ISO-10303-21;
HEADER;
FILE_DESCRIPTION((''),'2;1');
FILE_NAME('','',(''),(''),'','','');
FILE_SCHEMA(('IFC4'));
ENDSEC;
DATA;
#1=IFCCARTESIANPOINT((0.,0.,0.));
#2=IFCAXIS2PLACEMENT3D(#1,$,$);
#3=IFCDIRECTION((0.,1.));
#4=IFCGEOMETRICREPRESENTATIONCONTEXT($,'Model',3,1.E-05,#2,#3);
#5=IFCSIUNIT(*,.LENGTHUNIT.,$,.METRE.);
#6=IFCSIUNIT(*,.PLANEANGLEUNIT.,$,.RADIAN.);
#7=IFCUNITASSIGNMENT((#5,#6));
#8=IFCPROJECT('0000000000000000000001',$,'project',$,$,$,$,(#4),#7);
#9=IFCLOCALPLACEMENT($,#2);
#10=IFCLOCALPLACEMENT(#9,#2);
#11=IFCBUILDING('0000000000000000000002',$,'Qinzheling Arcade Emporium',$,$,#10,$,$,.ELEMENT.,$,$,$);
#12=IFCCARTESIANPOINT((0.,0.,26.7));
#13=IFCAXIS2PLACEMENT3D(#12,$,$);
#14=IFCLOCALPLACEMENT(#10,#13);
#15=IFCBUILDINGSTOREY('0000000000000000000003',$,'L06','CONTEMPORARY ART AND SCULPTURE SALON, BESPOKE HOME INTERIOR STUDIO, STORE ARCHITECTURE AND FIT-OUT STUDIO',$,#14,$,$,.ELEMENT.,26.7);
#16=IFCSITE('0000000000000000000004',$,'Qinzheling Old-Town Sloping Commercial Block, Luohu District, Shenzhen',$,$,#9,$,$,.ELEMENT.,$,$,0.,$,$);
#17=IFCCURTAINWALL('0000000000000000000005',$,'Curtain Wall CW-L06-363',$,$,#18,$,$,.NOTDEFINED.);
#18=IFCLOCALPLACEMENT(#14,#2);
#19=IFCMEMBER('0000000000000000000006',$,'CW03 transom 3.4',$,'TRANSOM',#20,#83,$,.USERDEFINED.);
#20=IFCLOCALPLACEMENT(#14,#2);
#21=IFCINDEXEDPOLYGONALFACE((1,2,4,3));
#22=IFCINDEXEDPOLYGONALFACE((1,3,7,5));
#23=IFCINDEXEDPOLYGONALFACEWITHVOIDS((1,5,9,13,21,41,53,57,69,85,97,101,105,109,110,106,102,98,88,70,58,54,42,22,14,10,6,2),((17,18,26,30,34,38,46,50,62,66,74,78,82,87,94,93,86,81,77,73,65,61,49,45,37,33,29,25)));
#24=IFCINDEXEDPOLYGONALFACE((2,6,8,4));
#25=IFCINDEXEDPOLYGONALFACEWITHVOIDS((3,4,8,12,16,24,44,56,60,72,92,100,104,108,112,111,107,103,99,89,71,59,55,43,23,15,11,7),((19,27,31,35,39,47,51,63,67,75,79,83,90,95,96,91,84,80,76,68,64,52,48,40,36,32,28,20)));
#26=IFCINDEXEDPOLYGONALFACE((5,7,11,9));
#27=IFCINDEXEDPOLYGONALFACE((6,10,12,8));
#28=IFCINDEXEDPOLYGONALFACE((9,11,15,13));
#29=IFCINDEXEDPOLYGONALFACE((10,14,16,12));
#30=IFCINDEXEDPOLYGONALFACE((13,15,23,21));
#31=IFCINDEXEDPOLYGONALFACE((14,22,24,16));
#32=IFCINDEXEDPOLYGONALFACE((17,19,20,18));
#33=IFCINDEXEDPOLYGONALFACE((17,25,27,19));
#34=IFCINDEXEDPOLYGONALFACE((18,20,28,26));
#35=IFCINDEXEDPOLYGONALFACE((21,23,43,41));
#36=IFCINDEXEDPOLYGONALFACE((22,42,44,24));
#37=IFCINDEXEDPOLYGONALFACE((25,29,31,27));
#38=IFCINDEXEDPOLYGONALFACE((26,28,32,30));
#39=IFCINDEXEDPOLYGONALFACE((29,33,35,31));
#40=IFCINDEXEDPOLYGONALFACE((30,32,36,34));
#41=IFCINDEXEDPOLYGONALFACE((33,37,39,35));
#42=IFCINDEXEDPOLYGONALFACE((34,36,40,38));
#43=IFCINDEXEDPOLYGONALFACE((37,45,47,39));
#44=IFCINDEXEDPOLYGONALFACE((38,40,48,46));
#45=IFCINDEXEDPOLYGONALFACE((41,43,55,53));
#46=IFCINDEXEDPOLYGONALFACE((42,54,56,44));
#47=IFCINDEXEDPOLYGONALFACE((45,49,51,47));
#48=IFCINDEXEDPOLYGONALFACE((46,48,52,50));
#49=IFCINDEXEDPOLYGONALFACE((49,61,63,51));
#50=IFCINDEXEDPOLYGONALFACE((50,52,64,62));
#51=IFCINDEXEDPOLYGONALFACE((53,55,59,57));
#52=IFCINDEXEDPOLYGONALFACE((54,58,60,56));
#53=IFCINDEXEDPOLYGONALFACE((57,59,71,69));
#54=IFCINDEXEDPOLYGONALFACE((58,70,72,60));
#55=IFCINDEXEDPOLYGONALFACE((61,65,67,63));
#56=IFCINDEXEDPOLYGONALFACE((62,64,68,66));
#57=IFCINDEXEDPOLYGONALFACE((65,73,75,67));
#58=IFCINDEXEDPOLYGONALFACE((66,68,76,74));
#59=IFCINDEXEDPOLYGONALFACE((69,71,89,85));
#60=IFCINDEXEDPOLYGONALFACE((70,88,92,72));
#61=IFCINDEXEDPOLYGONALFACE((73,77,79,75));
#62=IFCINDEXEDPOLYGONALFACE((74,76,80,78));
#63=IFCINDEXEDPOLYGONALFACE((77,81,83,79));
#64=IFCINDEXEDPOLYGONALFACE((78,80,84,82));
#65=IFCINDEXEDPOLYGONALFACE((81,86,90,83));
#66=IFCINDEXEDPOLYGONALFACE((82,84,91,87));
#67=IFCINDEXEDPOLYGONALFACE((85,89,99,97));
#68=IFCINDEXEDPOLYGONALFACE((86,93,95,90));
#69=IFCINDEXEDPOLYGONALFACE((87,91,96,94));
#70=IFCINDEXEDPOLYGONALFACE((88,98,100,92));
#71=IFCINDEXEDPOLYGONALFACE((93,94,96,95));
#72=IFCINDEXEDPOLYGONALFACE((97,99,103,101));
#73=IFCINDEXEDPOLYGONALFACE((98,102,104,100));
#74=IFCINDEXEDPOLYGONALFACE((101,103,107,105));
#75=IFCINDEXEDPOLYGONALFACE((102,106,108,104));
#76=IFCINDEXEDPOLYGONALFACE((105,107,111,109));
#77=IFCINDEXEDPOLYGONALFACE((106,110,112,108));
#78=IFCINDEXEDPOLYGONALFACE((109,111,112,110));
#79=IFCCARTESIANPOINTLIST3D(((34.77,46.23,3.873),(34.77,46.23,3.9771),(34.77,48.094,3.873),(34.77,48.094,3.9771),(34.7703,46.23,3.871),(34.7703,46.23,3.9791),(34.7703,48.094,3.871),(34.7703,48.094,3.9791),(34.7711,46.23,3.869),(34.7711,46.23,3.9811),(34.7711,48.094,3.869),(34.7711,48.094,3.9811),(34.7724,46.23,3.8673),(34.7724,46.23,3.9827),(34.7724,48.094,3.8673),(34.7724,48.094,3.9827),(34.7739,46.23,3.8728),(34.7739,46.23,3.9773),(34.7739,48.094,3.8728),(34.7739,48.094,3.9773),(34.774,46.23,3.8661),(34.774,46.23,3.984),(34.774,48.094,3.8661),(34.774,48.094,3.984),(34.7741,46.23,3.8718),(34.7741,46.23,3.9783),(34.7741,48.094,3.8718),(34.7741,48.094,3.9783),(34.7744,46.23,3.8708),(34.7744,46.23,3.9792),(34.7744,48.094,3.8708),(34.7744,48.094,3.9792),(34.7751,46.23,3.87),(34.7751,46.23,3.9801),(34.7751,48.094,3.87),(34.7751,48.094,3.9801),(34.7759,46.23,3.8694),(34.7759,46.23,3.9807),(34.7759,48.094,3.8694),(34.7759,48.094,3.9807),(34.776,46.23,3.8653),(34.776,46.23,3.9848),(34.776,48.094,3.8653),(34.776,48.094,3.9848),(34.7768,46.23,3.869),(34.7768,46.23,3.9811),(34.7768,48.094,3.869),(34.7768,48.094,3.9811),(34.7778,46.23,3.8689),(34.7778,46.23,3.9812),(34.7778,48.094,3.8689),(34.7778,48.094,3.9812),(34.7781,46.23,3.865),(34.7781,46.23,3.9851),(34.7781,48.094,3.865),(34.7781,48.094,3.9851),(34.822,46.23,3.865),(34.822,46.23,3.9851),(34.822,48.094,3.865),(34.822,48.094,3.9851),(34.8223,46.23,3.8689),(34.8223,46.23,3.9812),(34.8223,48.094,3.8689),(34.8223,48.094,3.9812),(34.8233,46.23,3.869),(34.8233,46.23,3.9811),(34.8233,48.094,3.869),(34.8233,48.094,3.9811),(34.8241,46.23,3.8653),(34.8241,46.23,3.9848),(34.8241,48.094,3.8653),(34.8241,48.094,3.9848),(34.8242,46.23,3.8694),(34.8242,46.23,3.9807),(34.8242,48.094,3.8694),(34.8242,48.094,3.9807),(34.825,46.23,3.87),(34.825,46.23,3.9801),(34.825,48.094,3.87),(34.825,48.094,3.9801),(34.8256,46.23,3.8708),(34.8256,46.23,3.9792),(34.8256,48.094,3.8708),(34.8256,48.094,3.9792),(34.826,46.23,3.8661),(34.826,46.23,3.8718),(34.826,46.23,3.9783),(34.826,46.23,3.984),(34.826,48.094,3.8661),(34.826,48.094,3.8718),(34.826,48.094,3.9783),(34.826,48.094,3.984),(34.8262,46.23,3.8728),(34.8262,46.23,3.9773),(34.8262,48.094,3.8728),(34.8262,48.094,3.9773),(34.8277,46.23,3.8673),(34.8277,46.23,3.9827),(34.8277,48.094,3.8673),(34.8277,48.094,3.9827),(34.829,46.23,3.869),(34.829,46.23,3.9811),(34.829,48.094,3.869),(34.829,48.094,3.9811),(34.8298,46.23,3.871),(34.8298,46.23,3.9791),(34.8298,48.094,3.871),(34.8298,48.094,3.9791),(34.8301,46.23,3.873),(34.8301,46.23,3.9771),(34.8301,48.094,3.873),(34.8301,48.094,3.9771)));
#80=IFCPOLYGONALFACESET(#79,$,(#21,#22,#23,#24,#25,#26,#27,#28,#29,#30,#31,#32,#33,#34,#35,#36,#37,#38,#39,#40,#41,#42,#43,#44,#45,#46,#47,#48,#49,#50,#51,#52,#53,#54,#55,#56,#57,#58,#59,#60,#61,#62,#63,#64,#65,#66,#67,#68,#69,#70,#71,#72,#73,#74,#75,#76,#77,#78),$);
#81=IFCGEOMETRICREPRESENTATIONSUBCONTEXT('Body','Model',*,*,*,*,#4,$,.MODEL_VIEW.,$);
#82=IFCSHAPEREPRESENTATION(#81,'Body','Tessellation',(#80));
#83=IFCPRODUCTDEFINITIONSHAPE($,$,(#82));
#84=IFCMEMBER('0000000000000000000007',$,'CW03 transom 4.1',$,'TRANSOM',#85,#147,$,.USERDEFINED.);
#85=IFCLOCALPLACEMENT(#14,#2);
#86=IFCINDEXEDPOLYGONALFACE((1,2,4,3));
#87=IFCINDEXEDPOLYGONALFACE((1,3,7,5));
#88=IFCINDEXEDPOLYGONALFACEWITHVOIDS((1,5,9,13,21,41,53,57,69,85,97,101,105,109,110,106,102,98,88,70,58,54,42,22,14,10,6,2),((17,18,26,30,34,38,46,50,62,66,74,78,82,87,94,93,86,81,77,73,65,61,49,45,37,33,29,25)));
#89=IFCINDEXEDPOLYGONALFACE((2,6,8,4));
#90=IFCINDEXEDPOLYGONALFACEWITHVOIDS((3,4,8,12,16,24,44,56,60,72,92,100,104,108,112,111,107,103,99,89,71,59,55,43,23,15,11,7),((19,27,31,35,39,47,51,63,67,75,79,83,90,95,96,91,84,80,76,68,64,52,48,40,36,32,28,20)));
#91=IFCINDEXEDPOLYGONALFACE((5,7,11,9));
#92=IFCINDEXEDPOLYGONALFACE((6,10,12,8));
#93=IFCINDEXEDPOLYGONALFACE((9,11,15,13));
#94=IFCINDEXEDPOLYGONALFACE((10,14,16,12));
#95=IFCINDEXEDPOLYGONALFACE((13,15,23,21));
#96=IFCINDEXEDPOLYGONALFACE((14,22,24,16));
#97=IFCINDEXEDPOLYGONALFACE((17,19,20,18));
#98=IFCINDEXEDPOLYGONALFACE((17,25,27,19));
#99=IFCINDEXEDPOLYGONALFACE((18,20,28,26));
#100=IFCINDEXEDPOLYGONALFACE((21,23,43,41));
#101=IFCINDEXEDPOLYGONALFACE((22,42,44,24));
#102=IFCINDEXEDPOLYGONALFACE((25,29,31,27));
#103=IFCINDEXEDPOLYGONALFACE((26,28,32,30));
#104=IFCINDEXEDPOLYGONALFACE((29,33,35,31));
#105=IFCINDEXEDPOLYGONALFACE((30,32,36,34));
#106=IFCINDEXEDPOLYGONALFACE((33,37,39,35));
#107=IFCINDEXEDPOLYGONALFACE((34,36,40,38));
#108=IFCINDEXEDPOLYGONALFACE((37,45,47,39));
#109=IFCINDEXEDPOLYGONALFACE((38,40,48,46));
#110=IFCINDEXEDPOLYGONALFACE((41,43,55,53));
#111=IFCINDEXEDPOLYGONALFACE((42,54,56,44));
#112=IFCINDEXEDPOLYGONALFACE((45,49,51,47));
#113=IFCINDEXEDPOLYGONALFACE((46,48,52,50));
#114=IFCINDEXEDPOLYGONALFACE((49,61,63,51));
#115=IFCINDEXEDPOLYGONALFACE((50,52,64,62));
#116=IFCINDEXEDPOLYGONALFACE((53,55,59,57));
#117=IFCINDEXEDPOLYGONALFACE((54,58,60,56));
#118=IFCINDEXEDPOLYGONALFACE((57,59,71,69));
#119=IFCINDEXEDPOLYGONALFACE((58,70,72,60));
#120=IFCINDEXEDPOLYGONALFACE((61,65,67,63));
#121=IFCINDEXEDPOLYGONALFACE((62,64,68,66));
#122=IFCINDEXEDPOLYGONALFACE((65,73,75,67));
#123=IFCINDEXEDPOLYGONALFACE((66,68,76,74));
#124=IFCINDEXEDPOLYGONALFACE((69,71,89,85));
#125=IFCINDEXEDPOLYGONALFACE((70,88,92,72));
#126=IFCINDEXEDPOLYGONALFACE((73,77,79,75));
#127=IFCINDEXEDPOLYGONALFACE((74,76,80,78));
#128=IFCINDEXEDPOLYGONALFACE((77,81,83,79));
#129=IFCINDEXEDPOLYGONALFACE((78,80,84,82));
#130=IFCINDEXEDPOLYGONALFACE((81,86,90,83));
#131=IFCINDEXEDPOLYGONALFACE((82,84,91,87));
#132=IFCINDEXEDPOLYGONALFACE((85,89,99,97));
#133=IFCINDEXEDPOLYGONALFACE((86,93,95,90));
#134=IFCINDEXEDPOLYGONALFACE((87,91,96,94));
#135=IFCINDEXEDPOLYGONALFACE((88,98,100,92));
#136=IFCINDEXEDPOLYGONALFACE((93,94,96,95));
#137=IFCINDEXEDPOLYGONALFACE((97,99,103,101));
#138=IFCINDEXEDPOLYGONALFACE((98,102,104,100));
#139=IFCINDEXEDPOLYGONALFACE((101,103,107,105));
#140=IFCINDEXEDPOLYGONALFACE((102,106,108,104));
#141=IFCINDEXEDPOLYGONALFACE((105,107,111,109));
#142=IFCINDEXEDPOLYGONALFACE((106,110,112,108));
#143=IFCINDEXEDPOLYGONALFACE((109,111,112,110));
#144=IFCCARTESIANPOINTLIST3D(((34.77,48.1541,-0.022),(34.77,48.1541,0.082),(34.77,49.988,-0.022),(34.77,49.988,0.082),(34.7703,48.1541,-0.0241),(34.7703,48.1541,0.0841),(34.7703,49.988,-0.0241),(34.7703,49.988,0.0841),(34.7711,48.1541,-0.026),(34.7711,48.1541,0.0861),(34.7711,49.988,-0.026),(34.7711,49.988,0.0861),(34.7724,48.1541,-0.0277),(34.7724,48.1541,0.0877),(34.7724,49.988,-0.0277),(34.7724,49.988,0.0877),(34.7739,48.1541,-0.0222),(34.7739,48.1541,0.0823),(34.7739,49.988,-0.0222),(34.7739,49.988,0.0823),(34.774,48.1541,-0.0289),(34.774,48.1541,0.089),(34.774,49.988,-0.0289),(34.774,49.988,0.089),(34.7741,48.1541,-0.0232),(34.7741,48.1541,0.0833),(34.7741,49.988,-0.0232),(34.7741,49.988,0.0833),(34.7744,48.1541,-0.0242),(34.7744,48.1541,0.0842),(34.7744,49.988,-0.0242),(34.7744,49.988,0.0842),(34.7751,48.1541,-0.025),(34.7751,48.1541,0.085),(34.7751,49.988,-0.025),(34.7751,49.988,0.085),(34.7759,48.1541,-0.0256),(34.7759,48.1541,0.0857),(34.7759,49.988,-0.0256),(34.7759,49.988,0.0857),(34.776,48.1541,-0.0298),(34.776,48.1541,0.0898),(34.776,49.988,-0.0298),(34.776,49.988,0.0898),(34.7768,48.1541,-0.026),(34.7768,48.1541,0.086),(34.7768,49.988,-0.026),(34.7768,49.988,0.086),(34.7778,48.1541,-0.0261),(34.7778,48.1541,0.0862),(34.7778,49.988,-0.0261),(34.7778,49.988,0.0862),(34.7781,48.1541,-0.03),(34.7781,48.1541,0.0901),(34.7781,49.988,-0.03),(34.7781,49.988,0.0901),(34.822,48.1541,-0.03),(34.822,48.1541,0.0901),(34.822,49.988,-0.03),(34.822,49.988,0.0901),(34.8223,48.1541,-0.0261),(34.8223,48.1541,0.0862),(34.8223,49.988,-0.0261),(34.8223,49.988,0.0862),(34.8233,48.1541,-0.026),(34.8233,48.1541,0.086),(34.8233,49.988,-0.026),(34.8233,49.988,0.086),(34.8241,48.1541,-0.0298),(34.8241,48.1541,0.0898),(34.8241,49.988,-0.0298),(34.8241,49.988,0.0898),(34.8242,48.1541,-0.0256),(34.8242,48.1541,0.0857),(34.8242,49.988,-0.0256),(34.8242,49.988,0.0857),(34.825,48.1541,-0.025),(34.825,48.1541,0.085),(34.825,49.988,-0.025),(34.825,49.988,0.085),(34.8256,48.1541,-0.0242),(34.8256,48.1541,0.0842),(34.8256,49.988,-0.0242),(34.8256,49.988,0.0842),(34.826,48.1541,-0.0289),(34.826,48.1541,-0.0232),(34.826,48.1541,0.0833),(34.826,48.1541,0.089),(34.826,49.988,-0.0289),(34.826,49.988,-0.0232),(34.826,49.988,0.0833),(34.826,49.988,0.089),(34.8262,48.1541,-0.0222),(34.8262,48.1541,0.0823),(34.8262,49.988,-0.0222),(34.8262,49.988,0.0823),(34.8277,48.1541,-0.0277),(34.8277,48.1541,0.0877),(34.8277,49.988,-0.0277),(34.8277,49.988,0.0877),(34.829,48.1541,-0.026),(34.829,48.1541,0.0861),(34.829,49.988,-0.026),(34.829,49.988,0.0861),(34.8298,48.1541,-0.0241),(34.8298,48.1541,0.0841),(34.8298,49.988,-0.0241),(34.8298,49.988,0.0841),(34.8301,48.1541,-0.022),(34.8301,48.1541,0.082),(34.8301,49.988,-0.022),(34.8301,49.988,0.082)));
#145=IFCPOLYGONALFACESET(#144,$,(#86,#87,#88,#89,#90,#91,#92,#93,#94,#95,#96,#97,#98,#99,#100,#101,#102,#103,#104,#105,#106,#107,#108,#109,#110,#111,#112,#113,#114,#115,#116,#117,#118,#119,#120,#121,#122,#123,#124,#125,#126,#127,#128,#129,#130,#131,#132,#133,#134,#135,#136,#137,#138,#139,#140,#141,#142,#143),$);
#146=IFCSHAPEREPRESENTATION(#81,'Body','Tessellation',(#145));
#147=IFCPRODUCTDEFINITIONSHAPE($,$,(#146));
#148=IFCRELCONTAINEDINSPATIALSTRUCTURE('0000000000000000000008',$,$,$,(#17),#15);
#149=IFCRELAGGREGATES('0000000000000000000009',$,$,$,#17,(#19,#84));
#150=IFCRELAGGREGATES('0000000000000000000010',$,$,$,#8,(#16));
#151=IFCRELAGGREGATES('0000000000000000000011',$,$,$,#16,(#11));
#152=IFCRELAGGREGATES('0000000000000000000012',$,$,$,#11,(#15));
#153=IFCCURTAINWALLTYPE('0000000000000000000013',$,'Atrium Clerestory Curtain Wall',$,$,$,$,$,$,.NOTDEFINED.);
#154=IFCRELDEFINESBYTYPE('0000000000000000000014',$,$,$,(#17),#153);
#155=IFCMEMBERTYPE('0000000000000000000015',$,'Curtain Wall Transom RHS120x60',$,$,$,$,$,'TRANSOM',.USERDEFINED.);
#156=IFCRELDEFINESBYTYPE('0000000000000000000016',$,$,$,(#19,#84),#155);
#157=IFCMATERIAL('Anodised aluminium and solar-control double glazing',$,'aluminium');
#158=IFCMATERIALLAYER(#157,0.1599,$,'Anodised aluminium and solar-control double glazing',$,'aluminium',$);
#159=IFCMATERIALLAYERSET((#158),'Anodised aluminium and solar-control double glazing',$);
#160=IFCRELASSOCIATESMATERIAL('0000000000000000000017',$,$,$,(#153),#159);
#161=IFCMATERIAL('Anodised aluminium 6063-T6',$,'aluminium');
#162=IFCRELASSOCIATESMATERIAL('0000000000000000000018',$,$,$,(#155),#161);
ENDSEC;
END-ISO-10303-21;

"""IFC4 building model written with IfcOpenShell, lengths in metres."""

from ifc_helpers import new_model, si_unit, direction, frame, origin, origin_2d, place, context, subcontext, project, spatial, hollow_rectangle, extrude, material, layer, layer_set, material_profile, profile_set, type_object, element, aggregate, save


model = new_model("IFC4")

# Units and contexts
model_context = context("Model", 3, precision=1e-05, world=origin(), true_north=direction((0.0, 1.0)))
body_context = subcontext(model_context, "Body", "Model", "MODEL_VIEW")
ifc_project = project(units=[si_unit("LENGTHUNIT", "METRE"), si_unit("PLANEANGLEUNIT", "RADIAN")], contexts=[model_context])

# Site, building, storey
site_placement = place(None, origin())
site = spatial("IfcSite", under=ifc_project, at=site_placement, Name="Qinzheling Old-Town Sloping Commercial Block, Luohu District, Shenzhen", CompositionType="ELEMENT", RefElevation=0.0)
building_placement = place(site_placement, origin())
building = spatial("IfcBuilding", under=site, at=building_placement, Name="Qinzheling Arcade Emporium", CompositionType="ELEMENT")
storey_placement = place(building_placement, frame((0.0, 0.0, 26.7)))
storey = spatial("IfcBuildingStorey", under=building, at=storey_placement, Name="L06", Description="CONTEMPORARY ART AND SCULPTURE SALON, BESPOKE HOME INTERIOR STUDIO, STORE ARCHITECTURE AND FIT-OUT STUDIO", CompositionType="ELEMENT", Elevation=26.7)

# Curtain wall, members
ifc_material_1 = material(Name="Anodised aluminium and solar-control double glazing", Category="aluminium")
ifc_layer_1 = layer(ifc_material_1, 0.1599, Name="Anodised aluminium and solar-control double glazing", Category="aluminium")
ifc_layer_set_1 = layer_set([ifc_layer_1], Name="Anodised aluminium and solar-control double glazing")
curtain_wall_type = type_object("IfcCurtainWallType", Name="Atrium Clerestory Curtain Wall", PredefinedType="NOTDEFINED", material=ifc_layer_set_1)
curtain_wall_placement = place(storey_placement, origin())
curtain_wall = element("IfcCurtainWall", 1, at=curtain_wall_placement, inside=storey, type_object=curtain_wall_type, Name="Curtain Wall CW-L06-363", PredefinedType="NOTDEFINED")
ifc_material_2 = material(Name="Anodised aluminium 6063-T6", Category="aluminium")
ifc_material_profile_1 = material_profile(ifc_material_2, hollow_rectangle(XDim=0.0601, YDim=0.1201, WallThickness=0.0039, InnerFilletRadius=0.0039, OuterFilletRadius=0.0081, at=origin_2d()), Name="RHS 120x60x4", Category="aluminium")
ifc_profile_set_1 = profile_set([ifc_material_profile_1], Name="Anodised aluminium 6063-T6")
member_type_1 = type_object("IfcMemberType", Name="Curtain Wall Transom RHS120x60", ElementType="TRANSOM", PredefinedType="USERDEFINED", material=ifc_profile_set_1)
member_1_placement = place(storey_placement, frame((34.8, 46.23, 3.925), z_axis=(0.0, 1.0, 0.0), x_axis=(-1.0, 0.0, 0.0)))
member_1 = element("IfcMember", 2, at=member_1_placement, type_object=member_type_1, Name="CW03 transom 3.4", ObjectType="TRANSOM", PredefinedType="USERDEFINED", context=body_context, shape_type="SweptSolid", body=[
    extrude(hollow_rectangle(XDim=0.0601, YDim=0.1201, WallThickness=0.0039, InnerFilletRadius=0.0039, OuterFilletRadius=0.0081, at=origin_2d()), origin(), (0.0, 0.0, 1.0), 1.864),
])
member_2_placement = place(storey_placement, frame((34.8, 48.1541, 0.03), z_axis=(0.0, 1.0, 0.0), x_axis=(-1.0, 0.0, 0.0)))
member_2 = element("IfcMember", 3, at=member_2_placement, type_object=member_type_1, Name="CW03 transom 4.1", ObjectType="TRANSOM", PredefinedType="USERDEFINED", context=body_context, shape_type="SweptSolid", body=[
    extrude(hollow_rectangle(XDim=0.0601, YDim=0.1201, WallThickness=0.0039, InnerFilletRadius=0.0039, OuterFilletRadius=0.0081, at=origin_2d()), origin(), (0.0, 0.0, 1.0), 1.834),
])
aggregate(curtain_wall, [member_1, member_2])

save(model, "model.ifc")
